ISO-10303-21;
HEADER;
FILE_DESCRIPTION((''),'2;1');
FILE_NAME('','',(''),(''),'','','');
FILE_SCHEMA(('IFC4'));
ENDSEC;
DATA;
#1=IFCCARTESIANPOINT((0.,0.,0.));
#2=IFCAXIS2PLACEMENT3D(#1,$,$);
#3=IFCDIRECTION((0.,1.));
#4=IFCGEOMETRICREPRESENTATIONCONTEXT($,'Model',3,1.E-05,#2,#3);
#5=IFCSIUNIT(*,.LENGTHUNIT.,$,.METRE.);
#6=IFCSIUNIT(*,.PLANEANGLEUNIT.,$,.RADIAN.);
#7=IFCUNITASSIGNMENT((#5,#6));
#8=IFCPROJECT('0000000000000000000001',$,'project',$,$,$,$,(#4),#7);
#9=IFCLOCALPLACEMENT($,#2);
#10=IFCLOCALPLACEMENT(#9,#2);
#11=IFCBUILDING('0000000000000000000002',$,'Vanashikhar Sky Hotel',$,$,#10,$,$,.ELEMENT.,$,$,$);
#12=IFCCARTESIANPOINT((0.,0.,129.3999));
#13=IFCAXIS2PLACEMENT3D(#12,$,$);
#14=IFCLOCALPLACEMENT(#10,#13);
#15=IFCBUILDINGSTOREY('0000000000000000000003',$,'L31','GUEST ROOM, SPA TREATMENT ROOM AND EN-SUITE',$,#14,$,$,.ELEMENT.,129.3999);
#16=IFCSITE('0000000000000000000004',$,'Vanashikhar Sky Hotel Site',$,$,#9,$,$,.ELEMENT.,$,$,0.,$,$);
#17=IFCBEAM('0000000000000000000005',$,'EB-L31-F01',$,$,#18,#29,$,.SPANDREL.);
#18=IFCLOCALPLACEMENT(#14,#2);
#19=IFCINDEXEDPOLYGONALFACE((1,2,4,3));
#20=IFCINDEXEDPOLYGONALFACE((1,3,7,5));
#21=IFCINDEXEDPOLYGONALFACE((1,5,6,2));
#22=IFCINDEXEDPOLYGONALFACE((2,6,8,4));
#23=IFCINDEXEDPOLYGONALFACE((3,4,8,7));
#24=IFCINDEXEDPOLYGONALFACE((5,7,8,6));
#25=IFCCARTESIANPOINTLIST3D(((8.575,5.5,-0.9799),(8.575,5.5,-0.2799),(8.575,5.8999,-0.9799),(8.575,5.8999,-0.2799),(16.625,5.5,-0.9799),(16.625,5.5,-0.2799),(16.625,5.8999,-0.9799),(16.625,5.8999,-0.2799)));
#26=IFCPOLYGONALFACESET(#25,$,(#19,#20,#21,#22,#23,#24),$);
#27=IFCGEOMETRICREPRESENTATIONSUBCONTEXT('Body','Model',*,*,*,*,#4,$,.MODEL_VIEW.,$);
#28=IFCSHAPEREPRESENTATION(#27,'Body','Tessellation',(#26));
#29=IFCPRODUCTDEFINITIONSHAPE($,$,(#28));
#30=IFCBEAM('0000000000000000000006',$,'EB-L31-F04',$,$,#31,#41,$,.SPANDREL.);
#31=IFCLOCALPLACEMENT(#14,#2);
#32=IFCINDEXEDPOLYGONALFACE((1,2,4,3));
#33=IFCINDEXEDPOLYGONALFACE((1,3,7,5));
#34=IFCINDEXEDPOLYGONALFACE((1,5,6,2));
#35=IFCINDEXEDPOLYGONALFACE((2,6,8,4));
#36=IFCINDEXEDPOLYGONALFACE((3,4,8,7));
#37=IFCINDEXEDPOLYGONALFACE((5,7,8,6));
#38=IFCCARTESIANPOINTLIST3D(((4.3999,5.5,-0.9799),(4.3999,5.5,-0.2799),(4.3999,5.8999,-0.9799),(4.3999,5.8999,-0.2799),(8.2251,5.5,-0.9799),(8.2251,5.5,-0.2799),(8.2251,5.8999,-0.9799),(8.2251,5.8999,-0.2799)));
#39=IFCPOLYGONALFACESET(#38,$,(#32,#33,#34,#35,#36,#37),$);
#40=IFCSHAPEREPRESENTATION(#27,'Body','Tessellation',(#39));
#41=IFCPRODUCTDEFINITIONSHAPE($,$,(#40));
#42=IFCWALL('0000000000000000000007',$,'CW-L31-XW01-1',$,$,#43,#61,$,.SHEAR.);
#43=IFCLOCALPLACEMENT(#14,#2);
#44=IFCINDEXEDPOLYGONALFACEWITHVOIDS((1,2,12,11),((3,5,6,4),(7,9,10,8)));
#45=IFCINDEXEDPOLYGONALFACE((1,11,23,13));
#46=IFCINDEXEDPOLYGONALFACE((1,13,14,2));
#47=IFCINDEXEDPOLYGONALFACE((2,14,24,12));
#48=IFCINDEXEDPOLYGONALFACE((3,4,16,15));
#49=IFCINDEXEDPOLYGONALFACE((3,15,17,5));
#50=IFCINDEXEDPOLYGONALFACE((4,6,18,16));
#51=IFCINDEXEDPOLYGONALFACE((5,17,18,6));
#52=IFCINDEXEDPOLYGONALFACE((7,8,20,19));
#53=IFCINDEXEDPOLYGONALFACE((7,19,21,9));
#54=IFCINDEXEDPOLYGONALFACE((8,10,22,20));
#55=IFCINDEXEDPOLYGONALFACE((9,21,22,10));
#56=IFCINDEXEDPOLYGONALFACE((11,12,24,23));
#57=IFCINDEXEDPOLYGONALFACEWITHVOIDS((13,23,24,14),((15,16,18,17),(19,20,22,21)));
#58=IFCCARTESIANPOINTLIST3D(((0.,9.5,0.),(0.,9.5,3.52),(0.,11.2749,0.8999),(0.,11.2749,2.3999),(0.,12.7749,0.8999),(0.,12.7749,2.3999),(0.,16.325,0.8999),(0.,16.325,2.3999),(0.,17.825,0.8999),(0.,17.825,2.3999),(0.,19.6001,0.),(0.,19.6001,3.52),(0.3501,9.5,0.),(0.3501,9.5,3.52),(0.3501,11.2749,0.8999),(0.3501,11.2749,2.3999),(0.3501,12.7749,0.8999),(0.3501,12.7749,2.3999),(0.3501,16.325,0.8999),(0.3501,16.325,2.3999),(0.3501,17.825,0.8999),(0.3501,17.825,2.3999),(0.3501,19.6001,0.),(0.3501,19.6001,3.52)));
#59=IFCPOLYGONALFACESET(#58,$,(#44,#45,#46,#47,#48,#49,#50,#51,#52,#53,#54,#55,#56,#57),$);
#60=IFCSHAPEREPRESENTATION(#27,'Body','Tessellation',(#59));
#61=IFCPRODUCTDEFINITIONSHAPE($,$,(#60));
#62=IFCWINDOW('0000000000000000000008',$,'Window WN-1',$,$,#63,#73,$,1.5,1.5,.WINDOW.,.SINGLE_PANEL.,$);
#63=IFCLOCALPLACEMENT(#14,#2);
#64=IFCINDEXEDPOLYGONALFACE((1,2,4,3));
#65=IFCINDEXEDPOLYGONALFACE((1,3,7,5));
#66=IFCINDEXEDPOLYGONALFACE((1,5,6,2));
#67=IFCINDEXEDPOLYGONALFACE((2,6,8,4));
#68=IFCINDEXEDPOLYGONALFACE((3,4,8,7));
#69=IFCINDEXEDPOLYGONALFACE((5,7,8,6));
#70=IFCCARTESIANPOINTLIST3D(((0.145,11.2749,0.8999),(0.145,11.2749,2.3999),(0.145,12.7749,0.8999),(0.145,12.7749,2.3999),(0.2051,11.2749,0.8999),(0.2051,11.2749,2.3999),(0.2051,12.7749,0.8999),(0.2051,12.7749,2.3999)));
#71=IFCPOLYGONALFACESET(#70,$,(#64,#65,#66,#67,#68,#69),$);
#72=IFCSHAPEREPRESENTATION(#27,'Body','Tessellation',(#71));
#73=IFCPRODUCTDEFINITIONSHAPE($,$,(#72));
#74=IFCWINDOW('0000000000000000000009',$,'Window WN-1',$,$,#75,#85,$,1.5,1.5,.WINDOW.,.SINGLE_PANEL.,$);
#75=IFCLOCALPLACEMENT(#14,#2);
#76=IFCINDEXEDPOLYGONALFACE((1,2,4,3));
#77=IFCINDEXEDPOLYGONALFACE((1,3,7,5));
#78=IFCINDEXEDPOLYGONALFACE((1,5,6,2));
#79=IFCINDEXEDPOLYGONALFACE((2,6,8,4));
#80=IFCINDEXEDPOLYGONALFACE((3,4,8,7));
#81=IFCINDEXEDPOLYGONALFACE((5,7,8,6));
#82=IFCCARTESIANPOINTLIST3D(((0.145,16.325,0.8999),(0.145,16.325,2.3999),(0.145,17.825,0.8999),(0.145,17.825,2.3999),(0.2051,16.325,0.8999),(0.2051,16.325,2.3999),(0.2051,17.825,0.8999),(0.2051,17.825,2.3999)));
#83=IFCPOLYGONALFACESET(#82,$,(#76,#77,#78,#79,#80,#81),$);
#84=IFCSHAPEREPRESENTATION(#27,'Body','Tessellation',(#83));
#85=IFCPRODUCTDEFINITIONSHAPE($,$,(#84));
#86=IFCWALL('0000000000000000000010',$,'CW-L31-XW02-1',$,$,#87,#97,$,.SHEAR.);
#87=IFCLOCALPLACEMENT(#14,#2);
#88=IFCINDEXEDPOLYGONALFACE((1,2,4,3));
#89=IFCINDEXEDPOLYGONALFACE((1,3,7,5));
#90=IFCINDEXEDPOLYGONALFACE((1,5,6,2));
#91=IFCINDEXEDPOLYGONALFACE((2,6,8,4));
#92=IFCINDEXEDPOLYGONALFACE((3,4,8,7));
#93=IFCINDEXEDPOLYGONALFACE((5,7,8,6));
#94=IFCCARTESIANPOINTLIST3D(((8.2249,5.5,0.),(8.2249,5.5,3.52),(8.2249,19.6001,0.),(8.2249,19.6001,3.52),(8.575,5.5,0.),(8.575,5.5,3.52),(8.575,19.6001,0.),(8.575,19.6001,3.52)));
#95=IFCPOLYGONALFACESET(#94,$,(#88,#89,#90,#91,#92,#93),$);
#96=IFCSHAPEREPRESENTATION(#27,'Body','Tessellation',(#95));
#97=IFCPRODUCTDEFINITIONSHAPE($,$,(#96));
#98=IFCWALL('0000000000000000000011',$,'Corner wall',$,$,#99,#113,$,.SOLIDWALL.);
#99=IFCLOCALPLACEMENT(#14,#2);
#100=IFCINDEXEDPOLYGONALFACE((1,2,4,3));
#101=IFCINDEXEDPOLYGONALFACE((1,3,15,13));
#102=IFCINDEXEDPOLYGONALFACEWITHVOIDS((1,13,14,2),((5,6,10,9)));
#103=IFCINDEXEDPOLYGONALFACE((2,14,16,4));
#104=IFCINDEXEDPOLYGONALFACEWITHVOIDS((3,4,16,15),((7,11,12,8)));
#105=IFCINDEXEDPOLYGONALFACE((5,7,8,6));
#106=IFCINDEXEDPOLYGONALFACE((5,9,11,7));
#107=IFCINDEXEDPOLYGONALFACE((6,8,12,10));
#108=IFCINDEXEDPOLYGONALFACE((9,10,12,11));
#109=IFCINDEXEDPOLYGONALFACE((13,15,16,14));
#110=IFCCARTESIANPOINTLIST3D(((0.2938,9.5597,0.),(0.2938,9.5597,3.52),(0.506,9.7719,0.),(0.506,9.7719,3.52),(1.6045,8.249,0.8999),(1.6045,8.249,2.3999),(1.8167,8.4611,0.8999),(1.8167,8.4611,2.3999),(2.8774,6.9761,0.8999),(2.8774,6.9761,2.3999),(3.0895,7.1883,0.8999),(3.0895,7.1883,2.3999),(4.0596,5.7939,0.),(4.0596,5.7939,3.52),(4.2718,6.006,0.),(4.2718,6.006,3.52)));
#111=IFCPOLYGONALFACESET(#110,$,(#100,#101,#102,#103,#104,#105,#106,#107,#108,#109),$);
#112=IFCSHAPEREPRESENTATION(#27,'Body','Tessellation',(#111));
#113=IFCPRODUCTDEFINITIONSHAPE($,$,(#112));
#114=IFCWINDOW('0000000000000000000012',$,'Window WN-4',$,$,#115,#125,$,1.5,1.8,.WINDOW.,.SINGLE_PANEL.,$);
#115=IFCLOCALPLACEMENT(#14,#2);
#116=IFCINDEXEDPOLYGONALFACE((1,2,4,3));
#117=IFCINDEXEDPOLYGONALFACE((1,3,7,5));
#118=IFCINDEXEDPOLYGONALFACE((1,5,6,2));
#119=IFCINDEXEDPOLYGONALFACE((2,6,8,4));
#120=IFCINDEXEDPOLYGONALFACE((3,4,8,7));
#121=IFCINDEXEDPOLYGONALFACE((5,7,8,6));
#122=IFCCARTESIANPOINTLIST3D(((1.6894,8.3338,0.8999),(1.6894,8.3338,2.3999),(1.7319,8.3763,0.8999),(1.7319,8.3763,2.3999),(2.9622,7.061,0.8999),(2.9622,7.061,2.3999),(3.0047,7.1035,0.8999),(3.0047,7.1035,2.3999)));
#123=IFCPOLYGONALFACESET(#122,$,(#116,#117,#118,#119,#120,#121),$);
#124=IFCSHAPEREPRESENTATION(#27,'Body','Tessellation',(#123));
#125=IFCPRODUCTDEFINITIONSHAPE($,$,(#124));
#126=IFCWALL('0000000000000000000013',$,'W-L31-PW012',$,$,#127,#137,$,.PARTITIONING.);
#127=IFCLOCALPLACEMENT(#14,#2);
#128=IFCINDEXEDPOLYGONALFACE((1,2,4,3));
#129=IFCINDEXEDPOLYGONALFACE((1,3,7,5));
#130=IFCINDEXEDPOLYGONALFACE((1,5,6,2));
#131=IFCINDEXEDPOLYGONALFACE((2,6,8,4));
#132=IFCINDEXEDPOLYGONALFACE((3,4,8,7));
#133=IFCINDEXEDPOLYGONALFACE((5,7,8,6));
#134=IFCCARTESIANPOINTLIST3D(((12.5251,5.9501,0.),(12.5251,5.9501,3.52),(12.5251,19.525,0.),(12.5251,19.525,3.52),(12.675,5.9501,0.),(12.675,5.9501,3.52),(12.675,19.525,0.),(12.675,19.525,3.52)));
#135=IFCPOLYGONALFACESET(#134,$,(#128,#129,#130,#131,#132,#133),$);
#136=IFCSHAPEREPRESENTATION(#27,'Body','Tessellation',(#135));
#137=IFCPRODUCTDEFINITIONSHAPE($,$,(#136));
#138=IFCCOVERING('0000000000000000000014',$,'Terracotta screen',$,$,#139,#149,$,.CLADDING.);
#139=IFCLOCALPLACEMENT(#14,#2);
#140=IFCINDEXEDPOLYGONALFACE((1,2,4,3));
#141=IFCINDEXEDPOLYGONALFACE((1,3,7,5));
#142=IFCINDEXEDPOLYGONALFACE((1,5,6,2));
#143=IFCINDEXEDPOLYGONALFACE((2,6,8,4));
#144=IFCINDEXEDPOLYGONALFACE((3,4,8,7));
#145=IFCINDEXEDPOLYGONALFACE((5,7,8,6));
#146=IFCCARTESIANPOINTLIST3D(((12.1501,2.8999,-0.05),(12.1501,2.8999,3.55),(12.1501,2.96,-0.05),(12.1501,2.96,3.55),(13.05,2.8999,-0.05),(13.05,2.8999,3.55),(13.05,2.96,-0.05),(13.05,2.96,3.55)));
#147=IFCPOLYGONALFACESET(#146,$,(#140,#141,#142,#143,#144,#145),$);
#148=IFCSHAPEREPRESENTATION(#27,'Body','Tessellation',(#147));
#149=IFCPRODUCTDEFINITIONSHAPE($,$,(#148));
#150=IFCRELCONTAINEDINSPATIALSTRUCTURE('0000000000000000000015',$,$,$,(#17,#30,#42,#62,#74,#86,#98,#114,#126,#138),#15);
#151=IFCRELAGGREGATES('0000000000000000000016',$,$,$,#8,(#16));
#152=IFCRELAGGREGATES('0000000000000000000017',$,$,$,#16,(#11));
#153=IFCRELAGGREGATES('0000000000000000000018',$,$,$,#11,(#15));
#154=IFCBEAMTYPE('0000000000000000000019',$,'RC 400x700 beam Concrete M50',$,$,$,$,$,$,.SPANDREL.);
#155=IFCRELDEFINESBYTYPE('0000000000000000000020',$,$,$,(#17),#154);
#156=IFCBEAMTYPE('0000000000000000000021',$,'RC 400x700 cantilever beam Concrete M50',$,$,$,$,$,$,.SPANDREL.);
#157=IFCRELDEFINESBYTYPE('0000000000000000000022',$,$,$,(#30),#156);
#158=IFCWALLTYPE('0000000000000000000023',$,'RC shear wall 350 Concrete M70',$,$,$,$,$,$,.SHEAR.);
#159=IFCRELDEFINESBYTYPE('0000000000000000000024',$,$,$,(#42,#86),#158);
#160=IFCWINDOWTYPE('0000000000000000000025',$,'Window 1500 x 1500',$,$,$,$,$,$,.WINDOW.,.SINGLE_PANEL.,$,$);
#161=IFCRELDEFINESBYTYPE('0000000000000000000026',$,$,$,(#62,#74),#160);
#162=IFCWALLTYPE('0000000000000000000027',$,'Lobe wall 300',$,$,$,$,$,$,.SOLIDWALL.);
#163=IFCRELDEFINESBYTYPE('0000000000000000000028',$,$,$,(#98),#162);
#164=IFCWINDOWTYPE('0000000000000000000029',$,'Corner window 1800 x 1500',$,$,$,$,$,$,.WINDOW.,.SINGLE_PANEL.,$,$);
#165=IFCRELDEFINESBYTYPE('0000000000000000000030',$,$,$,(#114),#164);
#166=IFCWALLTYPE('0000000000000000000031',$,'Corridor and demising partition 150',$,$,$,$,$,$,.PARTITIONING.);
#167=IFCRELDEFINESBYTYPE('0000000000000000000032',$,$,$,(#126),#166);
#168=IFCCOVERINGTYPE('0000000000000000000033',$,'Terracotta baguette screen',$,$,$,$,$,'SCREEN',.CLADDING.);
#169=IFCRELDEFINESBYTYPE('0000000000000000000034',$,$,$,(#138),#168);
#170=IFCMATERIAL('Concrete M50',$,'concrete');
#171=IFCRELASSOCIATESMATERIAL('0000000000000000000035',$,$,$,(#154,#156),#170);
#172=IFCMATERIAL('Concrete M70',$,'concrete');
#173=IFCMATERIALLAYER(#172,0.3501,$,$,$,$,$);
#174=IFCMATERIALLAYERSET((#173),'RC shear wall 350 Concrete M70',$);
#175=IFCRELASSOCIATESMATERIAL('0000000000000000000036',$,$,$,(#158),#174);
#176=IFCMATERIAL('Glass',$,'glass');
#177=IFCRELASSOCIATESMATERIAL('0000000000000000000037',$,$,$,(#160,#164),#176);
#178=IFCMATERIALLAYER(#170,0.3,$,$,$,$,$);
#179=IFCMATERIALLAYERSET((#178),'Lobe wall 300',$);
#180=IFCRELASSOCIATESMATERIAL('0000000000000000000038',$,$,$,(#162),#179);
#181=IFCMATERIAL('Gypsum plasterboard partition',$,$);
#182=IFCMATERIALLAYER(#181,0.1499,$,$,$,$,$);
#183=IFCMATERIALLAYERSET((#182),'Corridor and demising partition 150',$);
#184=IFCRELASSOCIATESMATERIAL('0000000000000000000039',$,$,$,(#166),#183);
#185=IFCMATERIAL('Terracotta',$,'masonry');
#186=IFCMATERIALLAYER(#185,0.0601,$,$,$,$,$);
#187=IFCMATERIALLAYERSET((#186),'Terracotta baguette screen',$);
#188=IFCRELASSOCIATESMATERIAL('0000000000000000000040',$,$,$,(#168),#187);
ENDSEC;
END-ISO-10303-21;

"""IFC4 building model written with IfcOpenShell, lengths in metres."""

from ifc_helpers import new_model, si_unit, direction, frame, frame_2d, origin, origin_2d, place, context, subcontext, project, spatial, rectangle, extrude, source, transform, mapped, material, layer, layer_set, material_profile, profile_set, type_object, element, fill, save


model = new_model("IFC4")

# Units and contexts
model_context = context("Model", 3, precision=1e-05, world=origin(), true_north=direction((0.0, 1.0)))
body_context = subcontext(model_context, "Body", "Model", "MODEL_VIEW")
ifc_project = project(units=[si_unit("LENGTHUNIT", "METRE"), si_unit("PLANEANGLEUNIT", "RADIAN")], contexts=[model_context])

# Site, building, storey
site_placement = place(None, origin())
site = spatial("IfcSite", under=ifc_project, at=site_placement, Name="Vanashikhar Sky Hotel Site", CompositionType="ELEMENT", RefElevation=0.0)
building_placement = place(site_placement, origin())
building = spatial("IfcBuilding", under=site, at=building_placement, Name="Vanashikhar Sky Hotel", CompositionType="ELEMENT")
storey_placement = place(building_placement, frame((0.0, 0.0, 129.3999)))
storey = spatial("IfcBuildingStorey", under=building, at=storey_placement, Name="L31", Description="GUEST ROOM, SPA TREATMENT ROOM AND EN-SUITE", CompositionType="ELEMENT", Elevation=129.3999)

# Beams
ifc_material_1 = material(Name="Concrete M50", Category="concrete")
ifc_material_profile_1 = material_profile(ifc_material_1, rectangle(XDim=0.3999, YDim=0.7, at=origin_2d()))
ifc_profile_set_1 = profile_set([ifc_material_profile_1], Name="RC 400x700 beam Concrete M50")
beam_type_1 = type_object("IfcBeamType", Name="RC 400x700 beam Concrete M50", PredefinedType="SPANDREL", material=ifc_profile_set_1)
shared_shape_1 = source(origin(), body_context, "Body", "SweptSolid", [
    extrude(rectangle(XDim=0.3999, YDim=0.7, at=origin_2d()), origin(), (0.0, 0.0, 1.0), 8.05),
])
beam_1_placement = place(storey_placement, frame((8.575, 5.7, -0.6299), z_axis=(1.0, 0.0, 0.0), x_axis=(0.0, 1.0, 0.0)))
element("IfcBeam", 1, at=beam_1_placement, inside=storey, type_object=beam_type_1, Name="EB-L31-F01", PredefinedType="SPANDREL", context=body_context, shape_type="MappedRepresentation", body=[
    mapped(shared_shape_1, transform((0.0, 0.0, 0.0), scale=1.0)),
])
ifc_material_profile_2 = material_profile(ifc_material_1, rectangle(XDim=0.3999, YDim=0.7, at=origin_2d()))
ifc_profile_set_2 = profile_set([ifc_material_profile_2], Name="RC 400x700 cantilever beam Concrete M50")
beam_type_2 = type_object("IfcBeamType", Name="RC 400x700 cantilever beam Concrete M50", PredefinedType="SPANDREL", material=ifc_profile_set_2)
shared_shape_2 = source(origin(), body_context, "Body", "SweptSolid", [
    extrude(rectangle(XDim=0.3999, YDim=0.7, at=origin_2d()), origin(), (0.0, 0.0, 1.0), 3.8252),
])
beam_2_placement = place(storey_placement, frame((4.3999, 5.7, -0.6299), z_axis=(1.0, 0.0, 0.0), x_axis=(0.0, 1.0, 0.0)))
element("IfcBeam", 2, at=beam_2_placement, inside=storey, type_object=beam_type_2, Name="EB-L31-F04", PredefinedType="SPANDREL", context=body_context, shape_type="MappedRepresentation", body=[
    mapped(shared_shape_2, transform((0.0, 0.0, 0.0), scale=1.0)),
])

# Wall, openings, windows
ifc_material_2 = material(Name="Concrete M70", Category="concrete")
ifc_layer_1 = layer(ifc_material_2, 0.3501)
ifc_layer_set_1 = layer_set([ifc_layer_1], Name="RC shear wall 350 Concrete M70")
wall_type_1 = type_object("IfcWallType", Name="RC shear wall 350 Concrete M70", PredefinedType="SHEAR", material=ifc_layer_set_1)
shared_shape_3 = source(origin(), body_context, "Body", "SweptSolid", [
    extrude(rectangle(XDim=10.1001, YDim=0.3501, at=frame_2d((5.05, 0.0))), origin(), (0.0, 0.0, 1.0), 3.52),
])
wall_1_placement = place(storey_placement, frame((0.175, 9.5, 0.0), z_axis=(0.0, 0.0, 1.0), x_axis=(0.0, 1.0, 0.0)))
wall_1 = element("IfcWall", 3, at=wall_1_placement, inside=storey, type_object=wall_type_1, Name="CW-L31-XW01-1", PredefinedType="SHEAR", context=body_context, shape_type="MappedRepresentation", body=[
    mapped(shared_shape_3, transform((0.0, 0.0, 0.0), scale=1.0)),
])
shared_shape_4 = source(origin(), body_context, "Body", "SweptSolid", [
    extrude(rectangle(XDim=1.5, YDim=1.5, at=frame_2d((0.75, 0.75))), frame((0.0, 0.1851, 0.0), z_axis=(0.0, -1.0, 0.0), x_axis=(1.0, 0.0, 0.0)), (0.0, 0.0, 1.0), 0.3701),
])
opening_1_placement = place(wall_1_placement, frame((1.7749, 0.0, 0.8999)))
opening_1 = element("IfcOpeningElement", 4, at=opening_1_placement, cuts=wall_1, PredefinedType="OPENING", context=body_context, shape_type="MappedRepresentation", body=[
    mapped(shared_shape_4, transform((0.0, 0.0, 0.0), scale=1.0)),
])
opening_2_placement = place(wall_1_placement, frame((6.825, 0.0, 0.8999)))
opening_2 = element("IfcOpeningElement", 5, at=opening_2_placement, cuts=wall_1, PredefinedType="OPENING", context=body_context, shape_type="MappedRepresentation", body=[
    mapped(shared_shape_4, transform((0.0, 0.0, 0.0), scale=1.0)),
])
ifc_material_3 = material(Name="Glass", Category="glass")
window_type_1 = type_object("IfcWindowType", Name="Window 1500 x 1500", PartitioningType="SINGLE_PANEL", PredefinedType="WINDOW", material=ifc_material_3)
shared_shape_5 = source(origin(), body_context, "Body", "SweptSolid", [
    extrude(rectangle(XDim=1.5, YDim=1.5, at=frame_2d((0.75, 0.75))), frame((0.0, 0.03, 0.0), z_axis=(0.0, -1.0, 0.0), x_axis=(1.0, 0.0, 0.0)), (0.0, 0.0, 1.0), 0.0601),
])
window_1_placement = place(opening_1_placement, origin())
window_1 = element("IfcWindow", 6, at=window_1_placement, inside=storey, type_object=window_type_1, Name="Window WN-1", OverallHeight=1.5, OverallWidth=1.5, PartitioningType="SINGLE_PANEL", PredefinedType="WINDOW", context=body_context, shape_type="MappedRepresentation", body=[
    mapped(shared_shape_5, transform((0.0, 0.0, 0.0), scale=1.0)),
])
fill(opening_1, window_1)
window_2_placement = place(opening_2_placement, origin())
window_2 = element("IfcWindow", 7, at=window_2_placement, inside=storey, type_object=window_type_1, Name="Window WN-1", OverallHeight=1.5, OverallWidth=1.5, PartitioningType="SINGLE_PANEL", PredefinedType="WINDOW", context=body_context, shape_type="MappedRepresentation", body=[
    mapped(shared_shape_5, transform((0.0, 0.0, 0.0), scale=1.0)),
])
fill(opening_2, window_2)

# Wall
shared_shape_6 = source(origin(), body_context, "Body", "SweptSolid", [
    extrude(rectangle(XDim=14.1001, YDim=0.3501, at=frame_2d((7.05, 0.0))), origin(), (0.0, 0.0, 1.0), 3.52),
])
wall_2_placement = place(storey_placement, frame((8.3999, 5.5, 0.0), z_axis=(0.0, 0.0, 1.0), x_axis=(0.0, 1.0, 0.0)))
element("IfcWall", 8, at=wall_2_placement, inside=storey, type_object=wall_type_1, Name="CW-L31-XW02-1", PredefinedType="SHEAR", context=body_context, shape_type="MappedRepresentation", body=[
    mapped(shared_shape_6, transform((0.0, 0.0, 0.0), scale=1.0)),
])

# Wall, opening, window
ifc_layer_2 = layer(ifc_material_1, 0.3)
ifc_layer_set_2 = layer_set([ifc_layer_2], Name="Lobe wall 300")
wall_type_2 = type_object("IfcWallType", Name="Lobe wall 300", PredefinedType="SOLIDWALL", material=ifc_layer_set_2)
shared_shape_7 = source(origin(), body_context, "Body", "SweptSolid", [
    extrude(rectangle(XDim=5.3257, YDim=0.3, at=frame_2d((2.6628, 0.0))), origin(), (0.0, 0.0, 1.0), 3.52),
])
wall_3_placement = place(storey_placement, frame((0.3999, 9.6658, 0.0), z_axis=(0.0, 0.0, 1.0), x_axis=(0.707107, -0.707107, 0.0)))
wall_3 = element("IfcWall", 9, at=wall_3_placement, inside=storey, type_object=wall_type_2, Name="Corner wall", PredefinedType="SOLIDWALL", context=body_context, shape_type="MappedRepresentation", body=[
    mapped(shared_shape_7, transform((0.0, 0.0, 0.0), scale=1.0)),
])
shared_shape_8 = source(origin(), body_context, "Body", "SweptSolid", [
    extrude(rectangle(XDim=1.8, YDim=1.5, at=frame_2d((0.8999, 0.75))), frame((0.0, 0.1602, 0.0), z_axis=(0.0, -1.0, 0.0), x_axis=(1.0, 0.0, 0.0)), (0.0, 0.0, 1.0), 0.3201),
])
opening_3_placement = place(wall_3_placement, frame((1.8538, 0.0, 0.8999)))
opening_3 = element("IfcOpeningElement", 10, at=opening_3_placement, cuts=wall_3, PredefinedType="OPENING", context=body_context, shape_type="MappedRepresentation", body=[
    mapped(shared_shape_8, transform((0.0, 0.0, 0.0), scale=1.0)),
])
window_type_2 = type_object("IfcWindowType", Name="Corner window 1800 x 1500", PartitioningType="SINGLE_PANEL", PredefinedType="WINDOW", material=ifc_material_3)
shared_shape_9 = source(origin(), body_context, "Body", "SweptSolid", [
    extrude(rectangle(XDim=1.8, YDim=1.5, at=frame_2d((0.8999, 0.75))), frame((0.0, 0.03, 0.0), z_axis=(0.0, -1.0, 0.0), x_axis=(1.0, 0.0, 0.0)), (0.0, 0.0, 1.0), 0.0601),
])
window_3_placement = place(opening_3_placement, origin())
window_3 = element("IfcWindow", 11, at=window_3_placement, inside=storey, type_object=window_type_2, Name="Window WN-4", OverallHeight=1.5, OverallWidth=1.8, PartitioningType="SINGLE_PANEL", PredefinedType="WINDOW", context=body_context, shape_type="MappedRepresentation", body=[
    mapped(shared_shape_9, transform((0.0, 0.0, 0.0), scale=1.0)),
])
fill(opening_3, window_3)

# Wall
ifc_material_4 = material(Name="Gypsum plasterboard partition")
ifc_layer_3 = layer(ifc_material_4, 0.1499)
ifc_layer_set_3 = layer_set([ifc_layer_3], Name="Corridor and demising partition 150")
wall_type_3 = type_object("IfcWallType", Name="Corridor and demising partition 150", PredefinedType="PARTITIONING", material=ifc_layer_set_3)
shared_shape_10 = source(origin(), body_context, "Body", "SweptSolid", [
    extrude(rectangle(XDim=13.575, YDim=0.1499, at=frame_2d((6.7876, 0.0))), origin(), (0.0, 0.0, 1.0), 3.52),
])
wall_4_placement = place(storey_placement, frame((12.6001, 5.95, 0.0), z_axis=(0.0, 0.0, 1.0), x_axis=(0.0, 1.0, 0.0)))
element("IfcWall", 12, at=wall_4_placement, inside=storey, type_object=wall_type_3, Name="W-L31-PW012", PredefinedType="PARTITIONING", context=body_context, shape_type="MappedRepresentation", body=[
    mapped(shared_shape_10, transform((0.0, 0.0, 0.0), scale=1.0)),
])

# Covering
ifc_material_5 = material(Name="Terracotta", Category="masonry")
ifc_layer_4 = layer(ifc_material_5, 0.0601)
ifc_layer_set_4 = layer_set([ifc_layer_4], Name="Terracotta baguette screen")
covering_type = type_object("IfcCoveringType", Name="Terracotta baguette screen", ElementType="SCREEN", PredefinedType="CLADDING", material=ifc_layer_set_4)
shared_shape_11 = source(origin(), body_context, "Body", "SweptSolid", [
    extrude(rectangle(XDim=0.8999, YDim=0.0601, at=origin_2d()), origin(), (0.0, 0.0, 1.0), 3.6001),
])
covering_placement = place(storey_placement, frame((12.6001, 2.9299, -0.05), z_axis=(0.0, 0.0, 1.0), x_axis=(1.0, 0.0, 0.0)))
element("IfcCovering", 13, at=covering_placement, inside=storey, type_object=covering_type, Name="Terracotta screen", PredefinedType="CLADDING", context=body_context, shape_type="MappedRepresentation", body=[
    mapped(shared_shape_11, transform((0.0, 0.0, 0.0), scale=1.0)),
])

save(model, "model.ifc")
